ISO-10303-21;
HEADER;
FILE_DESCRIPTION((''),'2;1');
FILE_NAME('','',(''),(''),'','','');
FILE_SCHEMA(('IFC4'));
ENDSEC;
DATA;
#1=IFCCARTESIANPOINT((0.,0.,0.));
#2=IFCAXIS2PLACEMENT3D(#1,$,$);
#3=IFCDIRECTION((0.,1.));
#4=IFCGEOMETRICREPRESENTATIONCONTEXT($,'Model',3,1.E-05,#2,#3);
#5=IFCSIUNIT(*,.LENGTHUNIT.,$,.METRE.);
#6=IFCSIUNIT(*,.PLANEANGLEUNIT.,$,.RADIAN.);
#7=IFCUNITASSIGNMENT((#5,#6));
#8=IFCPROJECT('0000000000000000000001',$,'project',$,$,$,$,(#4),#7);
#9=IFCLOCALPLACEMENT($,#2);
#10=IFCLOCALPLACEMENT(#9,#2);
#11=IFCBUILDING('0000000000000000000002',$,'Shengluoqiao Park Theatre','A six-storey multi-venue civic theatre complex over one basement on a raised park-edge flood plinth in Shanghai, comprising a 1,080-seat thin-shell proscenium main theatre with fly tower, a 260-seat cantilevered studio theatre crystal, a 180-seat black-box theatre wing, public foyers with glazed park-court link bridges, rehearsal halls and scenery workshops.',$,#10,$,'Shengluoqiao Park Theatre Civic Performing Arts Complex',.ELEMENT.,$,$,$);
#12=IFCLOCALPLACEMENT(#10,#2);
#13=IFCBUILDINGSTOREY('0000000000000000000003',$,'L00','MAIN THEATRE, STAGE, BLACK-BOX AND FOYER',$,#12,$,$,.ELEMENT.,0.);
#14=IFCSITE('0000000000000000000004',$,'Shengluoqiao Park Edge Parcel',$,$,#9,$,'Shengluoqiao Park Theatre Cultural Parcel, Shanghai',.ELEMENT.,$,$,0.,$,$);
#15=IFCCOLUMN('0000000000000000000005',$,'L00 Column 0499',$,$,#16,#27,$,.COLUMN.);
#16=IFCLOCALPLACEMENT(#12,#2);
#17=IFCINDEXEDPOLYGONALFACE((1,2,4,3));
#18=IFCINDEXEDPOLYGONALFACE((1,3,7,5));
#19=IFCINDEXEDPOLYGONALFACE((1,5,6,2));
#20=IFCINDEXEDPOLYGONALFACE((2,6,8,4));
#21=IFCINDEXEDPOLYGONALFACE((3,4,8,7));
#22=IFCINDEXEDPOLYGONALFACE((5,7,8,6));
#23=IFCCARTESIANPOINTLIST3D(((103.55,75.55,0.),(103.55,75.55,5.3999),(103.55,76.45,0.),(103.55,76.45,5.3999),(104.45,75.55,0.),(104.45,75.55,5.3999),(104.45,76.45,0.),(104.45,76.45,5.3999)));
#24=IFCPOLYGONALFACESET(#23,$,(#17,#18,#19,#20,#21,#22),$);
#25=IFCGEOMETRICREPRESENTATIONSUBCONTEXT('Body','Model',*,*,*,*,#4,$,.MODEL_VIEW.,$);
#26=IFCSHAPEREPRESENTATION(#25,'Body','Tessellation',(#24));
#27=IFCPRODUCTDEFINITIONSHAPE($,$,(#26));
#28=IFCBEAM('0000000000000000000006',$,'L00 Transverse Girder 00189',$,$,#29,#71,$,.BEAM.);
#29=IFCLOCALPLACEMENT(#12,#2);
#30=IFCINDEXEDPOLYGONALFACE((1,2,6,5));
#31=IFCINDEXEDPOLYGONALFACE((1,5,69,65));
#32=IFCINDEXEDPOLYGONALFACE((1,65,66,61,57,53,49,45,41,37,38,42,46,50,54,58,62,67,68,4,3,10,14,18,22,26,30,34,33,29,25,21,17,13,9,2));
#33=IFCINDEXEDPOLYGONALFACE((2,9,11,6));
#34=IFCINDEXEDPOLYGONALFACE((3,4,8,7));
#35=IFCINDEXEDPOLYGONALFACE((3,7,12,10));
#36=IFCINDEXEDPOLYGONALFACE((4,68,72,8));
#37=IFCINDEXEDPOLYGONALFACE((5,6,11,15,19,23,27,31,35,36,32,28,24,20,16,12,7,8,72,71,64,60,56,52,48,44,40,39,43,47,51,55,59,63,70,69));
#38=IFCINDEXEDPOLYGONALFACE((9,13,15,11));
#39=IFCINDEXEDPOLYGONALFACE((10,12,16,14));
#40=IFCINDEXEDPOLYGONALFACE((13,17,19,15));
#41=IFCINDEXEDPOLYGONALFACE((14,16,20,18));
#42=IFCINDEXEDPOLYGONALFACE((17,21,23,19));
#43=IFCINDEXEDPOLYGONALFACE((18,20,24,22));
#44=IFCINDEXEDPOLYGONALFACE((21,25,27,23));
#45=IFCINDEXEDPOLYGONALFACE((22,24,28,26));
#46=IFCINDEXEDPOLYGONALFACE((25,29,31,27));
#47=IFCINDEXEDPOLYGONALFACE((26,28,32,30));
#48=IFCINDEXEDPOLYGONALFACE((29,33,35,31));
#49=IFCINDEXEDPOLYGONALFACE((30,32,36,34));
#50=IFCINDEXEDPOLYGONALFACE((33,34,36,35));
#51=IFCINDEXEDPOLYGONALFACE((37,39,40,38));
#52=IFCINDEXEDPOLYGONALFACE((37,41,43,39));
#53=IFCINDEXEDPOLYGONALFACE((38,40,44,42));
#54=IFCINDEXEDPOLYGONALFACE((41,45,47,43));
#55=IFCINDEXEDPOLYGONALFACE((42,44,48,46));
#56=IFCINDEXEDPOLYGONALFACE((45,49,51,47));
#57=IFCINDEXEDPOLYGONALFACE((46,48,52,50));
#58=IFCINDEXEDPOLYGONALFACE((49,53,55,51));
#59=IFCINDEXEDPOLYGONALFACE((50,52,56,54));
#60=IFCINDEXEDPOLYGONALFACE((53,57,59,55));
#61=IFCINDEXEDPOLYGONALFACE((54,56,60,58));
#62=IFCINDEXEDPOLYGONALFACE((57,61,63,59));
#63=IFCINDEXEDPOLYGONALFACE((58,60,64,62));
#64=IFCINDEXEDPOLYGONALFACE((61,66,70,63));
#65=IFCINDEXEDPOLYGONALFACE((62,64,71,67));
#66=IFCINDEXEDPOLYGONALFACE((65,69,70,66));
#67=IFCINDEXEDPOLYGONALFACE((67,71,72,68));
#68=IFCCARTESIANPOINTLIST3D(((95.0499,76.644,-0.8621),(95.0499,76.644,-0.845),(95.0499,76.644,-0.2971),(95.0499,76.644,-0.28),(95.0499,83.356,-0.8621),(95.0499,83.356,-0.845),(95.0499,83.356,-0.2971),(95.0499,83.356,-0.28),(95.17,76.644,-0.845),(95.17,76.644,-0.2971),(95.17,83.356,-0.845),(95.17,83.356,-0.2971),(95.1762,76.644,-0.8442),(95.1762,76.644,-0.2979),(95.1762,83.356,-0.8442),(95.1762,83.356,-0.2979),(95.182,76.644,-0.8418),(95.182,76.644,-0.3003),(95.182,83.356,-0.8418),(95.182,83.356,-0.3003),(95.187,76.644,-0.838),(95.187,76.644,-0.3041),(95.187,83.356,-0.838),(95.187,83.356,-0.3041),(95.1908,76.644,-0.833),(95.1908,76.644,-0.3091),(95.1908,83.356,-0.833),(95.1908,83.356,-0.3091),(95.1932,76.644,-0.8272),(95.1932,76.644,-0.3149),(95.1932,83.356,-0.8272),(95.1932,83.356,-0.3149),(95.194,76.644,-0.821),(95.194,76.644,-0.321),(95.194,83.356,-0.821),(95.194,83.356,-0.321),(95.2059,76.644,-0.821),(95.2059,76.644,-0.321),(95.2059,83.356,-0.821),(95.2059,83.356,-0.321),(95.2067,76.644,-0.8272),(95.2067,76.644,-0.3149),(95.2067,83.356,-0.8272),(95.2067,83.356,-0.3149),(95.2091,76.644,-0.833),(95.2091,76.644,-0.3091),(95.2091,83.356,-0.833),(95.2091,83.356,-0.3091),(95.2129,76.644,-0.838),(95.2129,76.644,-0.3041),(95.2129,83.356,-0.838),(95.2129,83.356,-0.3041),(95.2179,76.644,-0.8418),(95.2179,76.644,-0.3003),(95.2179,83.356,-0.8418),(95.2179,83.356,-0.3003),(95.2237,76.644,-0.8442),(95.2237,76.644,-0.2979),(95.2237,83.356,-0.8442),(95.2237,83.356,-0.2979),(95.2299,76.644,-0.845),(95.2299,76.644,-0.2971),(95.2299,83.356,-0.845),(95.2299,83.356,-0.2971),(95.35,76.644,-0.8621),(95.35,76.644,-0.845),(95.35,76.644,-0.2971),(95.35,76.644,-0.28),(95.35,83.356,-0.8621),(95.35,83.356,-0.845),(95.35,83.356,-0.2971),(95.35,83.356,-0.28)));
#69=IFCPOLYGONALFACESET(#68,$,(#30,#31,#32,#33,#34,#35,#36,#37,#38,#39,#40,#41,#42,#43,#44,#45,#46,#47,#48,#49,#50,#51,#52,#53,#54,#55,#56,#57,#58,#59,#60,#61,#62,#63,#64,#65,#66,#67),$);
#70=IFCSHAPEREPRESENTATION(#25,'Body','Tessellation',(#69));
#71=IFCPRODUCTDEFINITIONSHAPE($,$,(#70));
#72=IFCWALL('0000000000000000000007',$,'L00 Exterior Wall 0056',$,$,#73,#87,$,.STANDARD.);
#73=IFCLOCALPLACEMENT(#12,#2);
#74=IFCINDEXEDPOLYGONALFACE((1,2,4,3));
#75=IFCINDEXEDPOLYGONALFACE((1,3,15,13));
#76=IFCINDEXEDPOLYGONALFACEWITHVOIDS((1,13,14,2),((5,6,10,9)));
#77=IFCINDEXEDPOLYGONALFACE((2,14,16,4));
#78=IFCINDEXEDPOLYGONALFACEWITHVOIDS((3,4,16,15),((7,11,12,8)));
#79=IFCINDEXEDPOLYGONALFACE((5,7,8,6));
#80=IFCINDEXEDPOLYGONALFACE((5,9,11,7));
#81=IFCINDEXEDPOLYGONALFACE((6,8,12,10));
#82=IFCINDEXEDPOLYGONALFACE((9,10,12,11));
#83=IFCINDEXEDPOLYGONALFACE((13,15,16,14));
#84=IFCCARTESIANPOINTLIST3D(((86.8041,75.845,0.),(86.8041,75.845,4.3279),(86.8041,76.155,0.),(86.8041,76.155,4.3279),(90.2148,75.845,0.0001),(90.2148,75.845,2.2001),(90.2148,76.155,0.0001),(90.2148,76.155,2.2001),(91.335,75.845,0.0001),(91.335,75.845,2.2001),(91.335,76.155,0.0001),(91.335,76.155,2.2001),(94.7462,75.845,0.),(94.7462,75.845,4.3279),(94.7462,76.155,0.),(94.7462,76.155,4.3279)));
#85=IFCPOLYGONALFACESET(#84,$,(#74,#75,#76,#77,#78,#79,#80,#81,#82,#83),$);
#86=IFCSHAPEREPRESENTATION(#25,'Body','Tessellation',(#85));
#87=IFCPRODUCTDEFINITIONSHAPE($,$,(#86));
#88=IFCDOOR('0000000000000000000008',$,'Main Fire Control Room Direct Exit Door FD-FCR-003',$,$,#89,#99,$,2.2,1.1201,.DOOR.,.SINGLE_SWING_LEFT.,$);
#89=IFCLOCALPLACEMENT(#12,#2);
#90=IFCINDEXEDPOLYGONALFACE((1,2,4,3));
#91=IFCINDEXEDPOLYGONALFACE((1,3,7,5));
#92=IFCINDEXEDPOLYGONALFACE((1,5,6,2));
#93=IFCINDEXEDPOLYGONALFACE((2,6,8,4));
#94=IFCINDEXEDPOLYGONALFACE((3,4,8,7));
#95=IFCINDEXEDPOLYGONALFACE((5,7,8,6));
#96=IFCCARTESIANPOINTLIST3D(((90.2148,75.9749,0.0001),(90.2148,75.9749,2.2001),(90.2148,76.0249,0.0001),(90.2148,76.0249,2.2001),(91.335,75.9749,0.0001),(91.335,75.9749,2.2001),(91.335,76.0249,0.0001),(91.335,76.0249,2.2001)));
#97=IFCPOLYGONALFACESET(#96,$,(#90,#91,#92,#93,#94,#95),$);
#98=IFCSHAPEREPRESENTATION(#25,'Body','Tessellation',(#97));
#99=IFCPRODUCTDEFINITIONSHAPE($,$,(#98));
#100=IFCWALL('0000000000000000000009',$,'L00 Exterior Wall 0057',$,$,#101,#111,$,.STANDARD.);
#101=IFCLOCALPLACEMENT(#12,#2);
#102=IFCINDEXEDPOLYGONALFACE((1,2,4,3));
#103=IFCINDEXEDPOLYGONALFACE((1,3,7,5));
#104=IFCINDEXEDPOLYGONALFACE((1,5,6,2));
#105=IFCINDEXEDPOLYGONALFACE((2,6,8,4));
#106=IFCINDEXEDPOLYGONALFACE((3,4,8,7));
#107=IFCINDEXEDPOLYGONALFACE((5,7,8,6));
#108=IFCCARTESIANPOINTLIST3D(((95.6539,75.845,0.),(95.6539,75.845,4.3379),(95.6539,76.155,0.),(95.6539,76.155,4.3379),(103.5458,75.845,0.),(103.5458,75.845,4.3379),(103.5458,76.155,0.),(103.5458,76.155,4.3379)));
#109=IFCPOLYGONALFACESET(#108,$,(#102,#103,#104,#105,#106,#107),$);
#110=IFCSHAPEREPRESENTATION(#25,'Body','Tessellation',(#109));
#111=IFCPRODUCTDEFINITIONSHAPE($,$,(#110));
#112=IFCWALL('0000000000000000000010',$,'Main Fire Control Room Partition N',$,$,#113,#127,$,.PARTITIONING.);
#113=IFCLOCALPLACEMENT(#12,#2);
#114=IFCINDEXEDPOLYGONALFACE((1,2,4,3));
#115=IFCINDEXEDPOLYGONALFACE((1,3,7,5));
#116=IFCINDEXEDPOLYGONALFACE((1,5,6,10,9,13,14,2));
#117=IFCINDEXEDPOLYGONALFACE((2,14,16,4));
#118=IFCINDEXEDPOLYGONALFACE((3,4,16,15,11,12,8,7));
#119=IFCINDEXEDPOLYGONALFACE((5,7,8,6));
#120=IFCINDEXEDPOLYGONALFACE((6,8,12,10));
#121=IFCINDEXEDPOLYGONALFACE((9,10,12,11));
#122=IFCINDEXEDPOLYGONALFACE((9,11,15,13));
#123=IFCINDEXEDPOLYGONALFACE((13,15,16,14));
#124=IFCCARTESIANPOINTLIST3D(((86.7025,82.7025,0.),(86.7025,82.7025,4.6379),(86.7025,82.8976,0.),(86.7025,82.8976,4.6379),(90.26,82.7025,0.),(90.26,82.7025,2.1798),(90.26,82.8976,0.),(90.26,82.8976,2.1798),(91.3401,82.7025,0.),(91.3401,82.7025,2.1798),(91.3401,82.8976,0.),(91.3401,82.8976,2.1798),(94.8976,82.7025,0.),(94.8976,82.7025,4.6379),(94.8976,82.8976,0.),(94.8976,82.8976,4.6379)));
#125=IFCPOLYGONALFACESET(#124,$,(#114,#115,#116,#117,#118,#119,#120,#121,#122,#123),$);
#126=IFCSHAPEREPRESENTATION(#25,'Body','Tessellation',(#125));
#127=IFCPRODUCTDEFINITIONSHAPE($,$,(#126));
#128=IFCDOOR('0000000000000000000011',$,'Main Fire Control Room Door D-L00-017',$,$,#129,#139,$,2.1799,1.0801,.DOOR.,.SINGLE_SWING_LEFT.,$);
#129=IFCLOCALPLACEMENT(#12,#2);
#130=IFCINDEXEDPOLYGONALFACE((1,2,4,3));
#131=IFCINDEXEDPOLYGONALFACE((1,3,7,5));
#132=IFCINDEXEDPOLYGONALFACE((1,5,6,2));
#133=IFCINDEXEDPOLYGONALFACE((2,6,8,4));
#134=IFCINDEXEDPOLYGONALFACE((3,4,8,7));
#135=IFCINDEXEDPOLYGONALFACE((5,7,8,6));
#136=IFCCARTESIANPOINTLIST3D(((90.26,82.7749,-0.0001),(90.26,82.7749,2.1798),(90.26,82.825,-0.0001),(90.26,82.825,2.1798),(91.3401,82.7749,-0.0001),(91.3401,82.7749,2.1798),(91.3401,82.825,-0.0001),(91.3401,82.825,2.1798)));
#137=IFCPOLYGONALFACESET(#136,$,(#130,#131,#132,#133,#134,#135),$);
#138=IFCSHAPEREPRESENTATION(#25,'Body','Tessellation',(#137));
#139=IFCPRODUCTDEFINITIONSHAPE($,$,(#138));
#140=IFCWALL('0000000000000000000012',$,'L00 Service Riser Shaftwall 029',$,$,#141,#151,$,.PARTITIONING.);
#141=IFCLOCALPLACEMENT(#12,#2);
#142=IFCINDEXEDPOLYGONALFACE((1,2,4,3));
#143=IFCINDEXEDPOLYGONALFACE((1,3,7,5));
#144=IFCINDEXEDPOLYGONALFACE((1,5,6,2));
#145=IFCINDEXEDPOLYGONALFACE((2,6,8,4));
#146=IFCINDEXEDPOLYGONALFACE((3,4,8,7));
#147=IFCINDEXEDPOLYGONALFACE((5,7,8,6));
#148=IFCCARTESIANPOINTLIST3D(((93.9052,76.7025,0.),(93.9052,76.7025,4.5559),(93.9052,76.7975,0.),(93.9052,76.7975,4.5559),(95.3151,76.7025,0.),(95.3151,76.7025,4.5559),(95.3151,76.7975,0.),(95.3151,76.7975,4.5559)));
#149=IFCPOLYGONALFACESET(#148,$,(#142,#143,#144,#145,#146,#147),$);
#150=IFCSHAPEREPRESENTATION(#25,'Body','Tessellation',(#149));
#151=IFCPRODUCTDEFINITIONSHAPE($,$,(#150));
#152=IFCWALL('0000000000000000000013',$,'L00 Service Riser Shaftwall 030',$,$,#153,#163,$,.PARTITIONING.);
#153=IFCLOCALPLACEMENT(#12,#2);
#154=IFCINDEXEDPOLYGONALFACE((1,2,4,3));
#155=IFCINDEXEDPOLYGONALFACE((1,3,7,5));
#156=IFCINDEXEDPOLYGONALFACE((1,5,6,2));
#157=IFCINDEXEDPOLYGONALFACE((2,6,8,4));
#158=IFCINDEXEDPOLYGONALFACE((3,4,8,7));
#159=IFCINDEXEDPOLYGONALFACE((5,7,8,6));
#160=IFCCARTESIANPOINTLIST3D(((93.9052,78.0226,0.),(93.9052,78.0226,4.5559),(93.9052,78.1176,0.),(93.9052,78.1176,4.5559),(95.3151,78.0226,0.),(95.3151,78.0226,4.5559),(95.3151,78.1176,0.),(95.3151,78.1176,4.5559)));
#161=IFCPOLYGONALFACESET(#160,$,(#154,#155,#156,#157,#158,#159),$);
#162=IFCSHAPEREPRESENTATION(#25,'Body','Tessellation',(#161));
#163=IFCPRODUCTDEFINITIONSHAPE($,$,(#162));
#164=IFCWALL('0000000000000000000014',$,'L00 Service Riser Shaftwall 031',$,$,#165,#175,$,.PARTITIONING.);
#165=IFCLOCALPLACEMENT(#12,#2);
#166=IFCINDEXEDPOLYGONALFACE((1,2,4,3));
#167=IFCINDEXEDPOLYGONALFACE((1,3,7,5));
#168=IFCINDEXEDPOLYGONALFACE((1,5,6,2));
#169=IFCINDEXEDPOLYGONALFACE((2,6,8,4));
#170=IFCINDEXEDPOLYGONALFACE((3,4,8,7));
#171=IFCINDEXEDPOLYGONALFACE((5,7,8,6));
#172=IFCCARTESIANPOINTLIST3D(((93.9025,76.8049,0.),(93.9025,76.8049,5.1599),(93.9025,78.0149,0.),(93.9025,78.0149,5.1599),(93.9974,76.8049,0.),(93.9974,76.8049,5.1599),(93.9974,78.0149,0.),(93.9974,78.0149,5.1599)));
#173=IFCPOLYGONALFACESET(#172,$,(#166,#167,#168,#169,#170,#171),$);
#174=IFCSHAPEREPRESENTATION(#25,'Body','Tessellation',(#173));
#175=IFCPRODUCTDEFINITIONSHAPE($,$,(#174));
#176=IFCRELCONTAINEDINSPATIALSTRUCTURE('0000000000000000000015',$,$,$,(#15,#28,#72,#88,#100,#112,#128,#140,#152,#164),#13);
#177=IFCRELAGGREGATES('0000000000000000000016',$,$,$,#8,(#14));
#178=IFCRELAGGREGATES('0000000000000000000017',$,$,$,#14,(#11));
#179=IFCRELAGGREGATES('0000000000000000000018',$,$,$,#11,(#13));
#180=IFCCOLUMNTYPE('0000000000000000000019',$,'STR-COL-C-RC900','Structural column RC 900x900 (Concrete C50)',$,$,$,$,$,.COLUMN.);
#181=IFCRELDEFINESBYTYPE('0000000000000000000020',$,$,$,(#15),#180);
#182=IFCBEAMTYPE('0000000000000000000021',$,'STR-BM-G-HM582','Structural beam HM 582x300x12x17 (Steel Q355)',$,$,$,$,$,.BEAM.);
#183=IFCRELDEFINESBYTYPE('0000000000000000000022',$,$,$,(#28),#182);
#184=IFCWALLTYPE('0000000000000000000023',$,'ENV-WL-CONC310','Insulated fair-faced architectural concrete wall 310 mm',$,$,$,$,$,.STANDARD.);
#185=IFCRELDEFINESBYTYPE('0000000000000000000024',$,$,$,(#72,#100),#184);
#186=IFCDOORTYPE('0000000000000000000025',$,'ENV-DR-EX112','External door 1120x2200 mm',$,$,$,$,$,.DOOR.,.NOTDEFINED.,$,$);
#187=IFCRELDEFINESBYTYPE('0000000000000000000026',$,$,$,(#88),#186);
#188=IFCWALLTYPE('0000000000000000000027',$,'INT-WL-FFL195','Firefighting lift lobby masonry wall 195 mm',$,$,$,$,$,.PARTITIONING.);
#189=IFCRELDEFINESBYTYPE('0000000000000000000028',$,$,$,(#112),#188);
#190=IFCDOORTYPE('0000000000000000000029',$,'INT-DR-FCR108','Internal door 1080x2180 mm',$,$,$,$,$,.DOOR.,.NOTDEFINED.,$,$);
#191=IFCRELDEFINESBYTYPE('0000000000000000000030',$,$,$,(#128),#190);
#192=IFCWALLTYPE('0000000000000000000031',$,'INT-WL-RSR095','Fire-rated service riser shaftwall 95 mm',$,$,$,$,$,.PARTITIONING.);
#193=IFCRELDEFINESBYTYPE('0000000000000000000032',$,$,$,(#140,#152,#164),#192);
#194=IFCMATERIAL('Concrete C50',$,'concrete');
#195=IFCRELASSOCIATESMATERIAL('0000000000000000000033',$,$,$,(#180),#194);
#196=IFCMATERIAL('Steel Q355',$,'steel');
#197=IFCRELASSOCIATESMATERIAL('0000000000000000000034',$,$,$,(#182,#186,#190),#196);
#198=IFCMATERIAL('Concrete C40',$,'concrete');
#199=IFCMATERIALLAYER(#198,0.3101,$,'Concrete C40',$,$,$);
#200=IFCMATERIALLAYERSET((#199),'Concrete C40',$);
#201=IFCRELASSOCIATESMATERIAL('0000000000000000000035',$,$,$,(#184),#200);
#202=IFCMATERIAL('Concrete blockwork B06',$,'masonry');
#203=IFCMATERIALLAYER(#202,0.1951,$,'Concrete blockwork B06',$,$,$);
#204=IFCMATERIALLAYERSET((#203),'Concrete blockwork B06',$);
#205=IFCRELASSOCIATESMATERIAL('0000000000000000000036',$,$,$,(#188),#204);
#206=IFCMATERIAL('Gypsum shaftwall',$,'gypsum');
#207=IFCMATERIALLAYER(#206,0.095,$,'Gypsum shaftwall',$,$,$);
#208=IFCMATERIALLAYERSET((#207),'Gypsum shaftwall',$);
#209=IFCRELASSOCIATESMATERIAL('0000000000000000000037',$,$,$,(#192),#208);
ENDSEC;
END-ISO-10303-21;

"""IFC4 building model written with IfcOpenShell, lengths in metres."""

from ifc_helpers import new_model, si_unit, direction, frame, frame_2d, origin, origin_2d, place, context, subcontext, project, spatial, rectangle, i_section, extrude, material, layer, layer_set, material_profile, profile_set, type_object, element, fill, save


model = new_model("IFC4")

# Units and contexts
model_context = context("Model", 3, precision=1e-05, world=origin(), true_north=direction((0.0, 1.0)))
body_context = subcontext(model_context, "Body", "Model", "MODEL_VIEW")
ifc_project = project(units=[si_unit("LENGTHUNIT", "METRE"), si_unit("PLANEANGLEUNIT", "RADIAN")], contexts=[model_context])

# Site, building, storey
site_placement = place(None, origin())
site = spatial("IfcSite", under=ifc_project, at=site_placement, Name="Shengluoqiao Park Edge Parcel", LongName="Shengluoqiao Park Theatre Cultural Parcel, Shanghai", CompositionType="ELEMENT", RefElevation=0.0)
building_placement = place(site_placement, origin())
building = spatial("IfcBuilding", under=site, at=building_placement, Name="Shengluoqiao Park Theatre", Description="A six-storey multi-venue civic theatre complex over one basement on a raised park-edge flood plinth in Shanghai, comprising a 1,080-seat thin-shell proscenium main theatre with fly tower, a 260-seat cantilevered studio theatre crystal, a 180-seat black-box theatre wing, public foyers with glazed park-court link bridges, rehearsal halls and scenery workshops.", LongName="Shengluoqiao Park Theatre Civic Performing Arts Complex", CompositionType="ELEMENT")
storey_placement = place(building_placement, origin())
storey = spatial("IfcBuildingStorey", under=building, at=storey_placement, Name="L00", Description="MAIN THEATRE, STAGE, BLACK-BOX AND FOYER", CompositionType="ELEMENT", Elevation=0.0)

# Shared definitions
ifc_material_1 = material(Name="Concrete C40", Category="concrete")

# Column
ifc_material_2 = material(Name="Concrete C50", Category="concrete")
ifc_material_profile_1 = material_profile(ifc_material_2, rectangle(XDim=0.8999, YDim=0.8999, at=origin_2d()), Name="RC 900x900")
ifc_profile_set_1 = profile_set([ifc_material_profile_1], Name="Concrete C50")
column_type_1 = type_object("IfcColumnType", Name="STR-COL-C-RC900", Description="Structural column RC 900x900 (Concrete C50)", PredefinedType="COLUMN", material=ifc_profile_set_1)
for number, where, z_axis, x_axis, name in (
    (1, (104.0, 76.0, 0.0), (0.0, 0.0, 1.0), (1.0, 0.0, 0.0), "L00 Column 0499"),
):
    element("IfcColumn", number, at=place(storey_placement, frame(where, z_axis=z_axis, x_axis=x_axis)), inside=storey, type_object=column_type_1, Name=name, PredefinedType="COLUMN", context=body_context, shape_type="SweptSolid", body=[
        extrude(rectangle(XDim=0.8999, YDim=0.8999, at=origin_2d()), origin(), (0.0, 0.0, 1.0), 5.3999),
    ])

# Beam
ifc_material_3 = material(Name="Steel Q355", Category="steel")
ifc_material_profile_2 = material_profile(ifc_material_3, i_section(OverallWidth=0.3, OverallDepth=0.582, WebThickness=0.012, FlangeThickness=0.0171, FilletRadius=0.0239, at=origin_2d()), Name="HM 582x300x12x17")
ifc_profile_set_2 = profile_set([ifc_material_profile_2], Name="Steel Q355")
beam_type = type_object("IfcBeamType", Name="STR-BM-G-HM582", Description="Structural beam HM 582x300x12x17 (Steel Q355)", PredefinedType="BEAM", material=ifc_profile_set_2)
beam_placement = place(storey_placement, frame((95.2, 76.644, -0.571), z_axis=(0.0, 1.0, 0.0), x_axis=(-1.0, 0.0, 0.0)))
element("IfcBeam", 2, at=beam_placement, inside=storey, type_object=beam_type, Name="L00 Transverse Girder 00189", PredefinedType="BEAM", context=body_context, shape_type="SweptSolid", body=[
    extrude(i_section(OverallWidth=0.3, OverallDepth=0.582, WebThickness=0.012, FlangeThickness=0.0171, FilletRadius=0.0239, at=origin_2d()), origin(), (0.0, 0.0, 1.0), 6.7119),
])

# Wall, opening, door
ifc_layer_1 = layer(ifc_material_1, 0.3101, Name="Concrete C40")
ifc_layer_set_1 = layer_set([ifc_layer_1], Name="Concrete C40")
wall_type_1 = type_object("IfcWallType", Name="ENV-WL-CONC310", Description="Insulated fair-faced architectural concrete wall 310 mm", PredefinedType="STANDARD", material=ifc_layer_set_1)
wall_1_placement = place(storey_placement, frame((86.804, 76.0, 0.0), z_axis=(0.0, 0.0, 1.0), x_axis=(1.0, 0.0, 0.0)))
wall_1 = element("IfcWall", 3, at=wall_1_placement, inside=storey, type_object=wall_type_1, Name="L00 Exterior Wall 0056", PredefinedType="STANDARD", context=body_context, shape_type="SweptSolid", body=[
    extrude(rectangle(XDim=7.9421, YDim=0.3101, at=frame_2d((3.9712, 0.0))), origin(), (0.0, 0.0, 1.0), 4.3279),
])
opening_1_placement = place(wall_1_placement, frame((3.4109, 0.0, 0.0)))
opening_1 = element("IfcOpeningElement", 4, at=opening_1_placement, cuts=wall_1, PredefinedType="OPENING", context=body_context, shape_type="SweptSolid", body=[
    extrude(rectangle(XDim=1.1201, YDim=2.2, at=frame_2d((0.5601, 1.1001))), frame((0.0, 0.165, 0.0), z_axis=(0.0, -1.0, 0.0), x_axis=(1.0, 0.0, 0.0)), (0.0, 0.0, 1.0), 0.3301),
])
door_type_1 = type_object("IfcDoorType", Name="ENV-DR-EX112", Description="External door 1120x2200 mm", OperationType="NOTDEFINED", PredefinedType="DOOR", material=ifc_material_3)
door_1_placement = place(opening_1_placement, origin())
door_1 = element("IfcDoor", 5, at=door_1_placement, inside=storey, type_object=door_type_1, Name="Main Fire Control Room Direct Exit Door FD-FCR-003", OperationType="SINGLE_SWING_LEFT", OverallHeight=2.2, OverallWidth=1.1201, PredefinedType="DOOR", context=body_context, shape_type="SweptSolid", body=[
    extrude(rectangle(XDim=1.1201, YDim=2.2, at=frame_2d((0.5601, 1.1001))), frame((0.0, 0.0249, 0.0), z_axis=(0.0, -1.0, 0.0), x_axis=(1.0, 0.0, 0.0)), (0.0, 0.0, 1.0), 0.05),
])
fill(opening_1, door_1)

# Wall
wall_2_placement = place(storey_placement, frame((95.6541, 76.0, 0.0), z_axis=(0.0, 0.0, 1.0), x_axis=(1.0, 0.0, 0.0)))
element("IfcWall", 6, at=wall_2_placement, inside=storey, type_object=wall_type_1, Name="L00 Exterior Wall 0057", PredefinedType="STANDARD", context=body_context, shape_type="SweptSolid", body=[
    extrude(rectangle(XDim=7.8918, YDim=0.3101, at=frame_2d((3.9458, 0.0))), origin(), (0.0, 0.0, 1.0), 4.3379),
])

# Wall, opening, door
ifc_material_4 = material(Name="Concrete blockwork B06", Category="masonry")
ifc_layer_2 = layer(ifc_material_4, 0.1951, Name="Concrete blockwork B06")
ifc_layer_set_2 = layer_set([ifc_layer_2], Name="Concrete blockwork B06")
wall_type_2 = type_object("IfcWallType", Name="INT-WL-FFL195", Description="Firefighting lift lobby masonry wall 195 mm", PredefinedType="PARTITIONING", material=ifc_layer_set_2)
wall_3_placement = place(storey_placement, frame((86.7024, 82.8, 0.0), z_axis=(0.0, 0.0, 1.0), x_axis=(1.0, 0.0, 0.0)))
wall_3 = element("IfcWall", 7, at=wall_3_placement, inside=storey, type_object=wall_type_2, Name="Main Fire Control Room Partition N", PredefinedType="PARTITIONING", context=body_context, shape_type="SweptSolid", body=[
    extrude(rectangle(XDim=8.1951, YDim=0.1951, at=frame_2d((4.0977, 0.0))), origin(), (0.0, 0.0, 1.0), 4.6379),
])
opening_2_placement = place(wall_3_placement, frame((3.5576, 0.0, 0.0)))
opening_2 = element("IfcOpeningElement", 8, at=opening_2_placement, cuts=wall_3, PredefinedType="OPENING", context=body_context, shape_type="SweptSolid", body=[
    extrude(rectangle(XDim=1.0801, YDim=2.1799, at=frame_2d((0.54, 1.0898))), frame((0.0, 0.1074, 0.0), z_axis=(0.0, -1.0, 0.0), x_axis=(1.0, 0.0, 0.0)), (0.0, 0.0, 1.0), 0.2151),
])
door_type_2 = type_object("IfcDoorType", Name="INT-DR-FCR108", Description="Internal door 1080x2180 mm", OperationType="NOTDEFINED", PredefinedType="DOOR", material=ifc_material_3)
door_2_placement = place(opening_2_placement, origin())
door_2 = element("IfcDoor", 9, at=door_2_placement, inside=storey, type_object=door_type_2, Name="Main Fire Control Room Door D-L00-017", OperationType="SINGLE_SWING_LEFT", OverallHeight=2.1799, OverallWidth=1.0801, PredefinedType="DOOR", context=body_context, shape_type="SweptSolid", body=[
    extrude(rectangle(XDim=1.0801, YDim=2.1799, at=frame_2d((0.54, 1.0898))), frame((0.0, 0.0249, 0.0), z_axis=(0.0, -1.0, 0.0), x_axis=(1.0, 0.0, 0.0)), (0.0, 0.0, 1.0), 0.05),
])
fill(opening_2, door_2)

# Walls
ifc_material_5 = material(Name="Gypsum shaftwall", Category="gypsum")
ifc_layer_3 = layer(ifc_material_5, 0.095, Name="Gypsum shaftwall")
ifc_layer_set_3 = layer_set([ifc_layer_3], Name="Gypsum shaftwall")
wall_type_3 = type_object("IfcWallType", Name="INT-WL-RSR095", Description="Fire-rated service riser shaftwall 95 mm", PredefinedType="PARTITIONING", material=ifc_layer_set_3)
for number, where, z_axis, x_axis, name in (
    (10, (93.905, 76.75, 0.0), (0.0, 0.0, 1.0), (1.0, 0.0, 0.0), "L00 Service Riser Shaftwall 029"),
    (11, (93.905, 78.0701, 0.0), (0.0, 0.0, 1.0), (1.0, 0.0, 0.0), "L00 Service Riser Shaftwall 030"),
):
    element("IfcWall", number, at=place(storey_placement, frame(where, z_axis=z_axis, x_axis=x_axis)), inside=storey, type_object=wall_type_3, Name=name, PredefinedType="PARTITIONING", context=body_context, shape_type="SweptSolid", body=[
        extrude(rectangle(XDim=1.4099, YDim=0.095, at=frame_2d((0.7051, 0.0))), origin(), (0.0, 0.0, 1.0), 4.5559),
    ])
wall_4_placement = place(storey_placement, frame((93.95, 76.8049, 0.0), z_axis=(0.0, 0.0, 1.0), x_axis=(0.0, 1.0, 0.0)))
element("IfcWall", 12, at=wall_4_placement, inside=storey, type_object=wall_type_3, Name="L00 Service Riser Shaftwall 031", PredefinedType="PARTITIONING", context=body_context, shape_type="SweptSolid", body=[
    extrude(rectangle(XDim=1.21, YDim=0.095, at=frame_2d((0.605, 0.0))), origin(), (0.0, 0.0, 1.0), 5.1599),
])

save(model, "model.ifc")
